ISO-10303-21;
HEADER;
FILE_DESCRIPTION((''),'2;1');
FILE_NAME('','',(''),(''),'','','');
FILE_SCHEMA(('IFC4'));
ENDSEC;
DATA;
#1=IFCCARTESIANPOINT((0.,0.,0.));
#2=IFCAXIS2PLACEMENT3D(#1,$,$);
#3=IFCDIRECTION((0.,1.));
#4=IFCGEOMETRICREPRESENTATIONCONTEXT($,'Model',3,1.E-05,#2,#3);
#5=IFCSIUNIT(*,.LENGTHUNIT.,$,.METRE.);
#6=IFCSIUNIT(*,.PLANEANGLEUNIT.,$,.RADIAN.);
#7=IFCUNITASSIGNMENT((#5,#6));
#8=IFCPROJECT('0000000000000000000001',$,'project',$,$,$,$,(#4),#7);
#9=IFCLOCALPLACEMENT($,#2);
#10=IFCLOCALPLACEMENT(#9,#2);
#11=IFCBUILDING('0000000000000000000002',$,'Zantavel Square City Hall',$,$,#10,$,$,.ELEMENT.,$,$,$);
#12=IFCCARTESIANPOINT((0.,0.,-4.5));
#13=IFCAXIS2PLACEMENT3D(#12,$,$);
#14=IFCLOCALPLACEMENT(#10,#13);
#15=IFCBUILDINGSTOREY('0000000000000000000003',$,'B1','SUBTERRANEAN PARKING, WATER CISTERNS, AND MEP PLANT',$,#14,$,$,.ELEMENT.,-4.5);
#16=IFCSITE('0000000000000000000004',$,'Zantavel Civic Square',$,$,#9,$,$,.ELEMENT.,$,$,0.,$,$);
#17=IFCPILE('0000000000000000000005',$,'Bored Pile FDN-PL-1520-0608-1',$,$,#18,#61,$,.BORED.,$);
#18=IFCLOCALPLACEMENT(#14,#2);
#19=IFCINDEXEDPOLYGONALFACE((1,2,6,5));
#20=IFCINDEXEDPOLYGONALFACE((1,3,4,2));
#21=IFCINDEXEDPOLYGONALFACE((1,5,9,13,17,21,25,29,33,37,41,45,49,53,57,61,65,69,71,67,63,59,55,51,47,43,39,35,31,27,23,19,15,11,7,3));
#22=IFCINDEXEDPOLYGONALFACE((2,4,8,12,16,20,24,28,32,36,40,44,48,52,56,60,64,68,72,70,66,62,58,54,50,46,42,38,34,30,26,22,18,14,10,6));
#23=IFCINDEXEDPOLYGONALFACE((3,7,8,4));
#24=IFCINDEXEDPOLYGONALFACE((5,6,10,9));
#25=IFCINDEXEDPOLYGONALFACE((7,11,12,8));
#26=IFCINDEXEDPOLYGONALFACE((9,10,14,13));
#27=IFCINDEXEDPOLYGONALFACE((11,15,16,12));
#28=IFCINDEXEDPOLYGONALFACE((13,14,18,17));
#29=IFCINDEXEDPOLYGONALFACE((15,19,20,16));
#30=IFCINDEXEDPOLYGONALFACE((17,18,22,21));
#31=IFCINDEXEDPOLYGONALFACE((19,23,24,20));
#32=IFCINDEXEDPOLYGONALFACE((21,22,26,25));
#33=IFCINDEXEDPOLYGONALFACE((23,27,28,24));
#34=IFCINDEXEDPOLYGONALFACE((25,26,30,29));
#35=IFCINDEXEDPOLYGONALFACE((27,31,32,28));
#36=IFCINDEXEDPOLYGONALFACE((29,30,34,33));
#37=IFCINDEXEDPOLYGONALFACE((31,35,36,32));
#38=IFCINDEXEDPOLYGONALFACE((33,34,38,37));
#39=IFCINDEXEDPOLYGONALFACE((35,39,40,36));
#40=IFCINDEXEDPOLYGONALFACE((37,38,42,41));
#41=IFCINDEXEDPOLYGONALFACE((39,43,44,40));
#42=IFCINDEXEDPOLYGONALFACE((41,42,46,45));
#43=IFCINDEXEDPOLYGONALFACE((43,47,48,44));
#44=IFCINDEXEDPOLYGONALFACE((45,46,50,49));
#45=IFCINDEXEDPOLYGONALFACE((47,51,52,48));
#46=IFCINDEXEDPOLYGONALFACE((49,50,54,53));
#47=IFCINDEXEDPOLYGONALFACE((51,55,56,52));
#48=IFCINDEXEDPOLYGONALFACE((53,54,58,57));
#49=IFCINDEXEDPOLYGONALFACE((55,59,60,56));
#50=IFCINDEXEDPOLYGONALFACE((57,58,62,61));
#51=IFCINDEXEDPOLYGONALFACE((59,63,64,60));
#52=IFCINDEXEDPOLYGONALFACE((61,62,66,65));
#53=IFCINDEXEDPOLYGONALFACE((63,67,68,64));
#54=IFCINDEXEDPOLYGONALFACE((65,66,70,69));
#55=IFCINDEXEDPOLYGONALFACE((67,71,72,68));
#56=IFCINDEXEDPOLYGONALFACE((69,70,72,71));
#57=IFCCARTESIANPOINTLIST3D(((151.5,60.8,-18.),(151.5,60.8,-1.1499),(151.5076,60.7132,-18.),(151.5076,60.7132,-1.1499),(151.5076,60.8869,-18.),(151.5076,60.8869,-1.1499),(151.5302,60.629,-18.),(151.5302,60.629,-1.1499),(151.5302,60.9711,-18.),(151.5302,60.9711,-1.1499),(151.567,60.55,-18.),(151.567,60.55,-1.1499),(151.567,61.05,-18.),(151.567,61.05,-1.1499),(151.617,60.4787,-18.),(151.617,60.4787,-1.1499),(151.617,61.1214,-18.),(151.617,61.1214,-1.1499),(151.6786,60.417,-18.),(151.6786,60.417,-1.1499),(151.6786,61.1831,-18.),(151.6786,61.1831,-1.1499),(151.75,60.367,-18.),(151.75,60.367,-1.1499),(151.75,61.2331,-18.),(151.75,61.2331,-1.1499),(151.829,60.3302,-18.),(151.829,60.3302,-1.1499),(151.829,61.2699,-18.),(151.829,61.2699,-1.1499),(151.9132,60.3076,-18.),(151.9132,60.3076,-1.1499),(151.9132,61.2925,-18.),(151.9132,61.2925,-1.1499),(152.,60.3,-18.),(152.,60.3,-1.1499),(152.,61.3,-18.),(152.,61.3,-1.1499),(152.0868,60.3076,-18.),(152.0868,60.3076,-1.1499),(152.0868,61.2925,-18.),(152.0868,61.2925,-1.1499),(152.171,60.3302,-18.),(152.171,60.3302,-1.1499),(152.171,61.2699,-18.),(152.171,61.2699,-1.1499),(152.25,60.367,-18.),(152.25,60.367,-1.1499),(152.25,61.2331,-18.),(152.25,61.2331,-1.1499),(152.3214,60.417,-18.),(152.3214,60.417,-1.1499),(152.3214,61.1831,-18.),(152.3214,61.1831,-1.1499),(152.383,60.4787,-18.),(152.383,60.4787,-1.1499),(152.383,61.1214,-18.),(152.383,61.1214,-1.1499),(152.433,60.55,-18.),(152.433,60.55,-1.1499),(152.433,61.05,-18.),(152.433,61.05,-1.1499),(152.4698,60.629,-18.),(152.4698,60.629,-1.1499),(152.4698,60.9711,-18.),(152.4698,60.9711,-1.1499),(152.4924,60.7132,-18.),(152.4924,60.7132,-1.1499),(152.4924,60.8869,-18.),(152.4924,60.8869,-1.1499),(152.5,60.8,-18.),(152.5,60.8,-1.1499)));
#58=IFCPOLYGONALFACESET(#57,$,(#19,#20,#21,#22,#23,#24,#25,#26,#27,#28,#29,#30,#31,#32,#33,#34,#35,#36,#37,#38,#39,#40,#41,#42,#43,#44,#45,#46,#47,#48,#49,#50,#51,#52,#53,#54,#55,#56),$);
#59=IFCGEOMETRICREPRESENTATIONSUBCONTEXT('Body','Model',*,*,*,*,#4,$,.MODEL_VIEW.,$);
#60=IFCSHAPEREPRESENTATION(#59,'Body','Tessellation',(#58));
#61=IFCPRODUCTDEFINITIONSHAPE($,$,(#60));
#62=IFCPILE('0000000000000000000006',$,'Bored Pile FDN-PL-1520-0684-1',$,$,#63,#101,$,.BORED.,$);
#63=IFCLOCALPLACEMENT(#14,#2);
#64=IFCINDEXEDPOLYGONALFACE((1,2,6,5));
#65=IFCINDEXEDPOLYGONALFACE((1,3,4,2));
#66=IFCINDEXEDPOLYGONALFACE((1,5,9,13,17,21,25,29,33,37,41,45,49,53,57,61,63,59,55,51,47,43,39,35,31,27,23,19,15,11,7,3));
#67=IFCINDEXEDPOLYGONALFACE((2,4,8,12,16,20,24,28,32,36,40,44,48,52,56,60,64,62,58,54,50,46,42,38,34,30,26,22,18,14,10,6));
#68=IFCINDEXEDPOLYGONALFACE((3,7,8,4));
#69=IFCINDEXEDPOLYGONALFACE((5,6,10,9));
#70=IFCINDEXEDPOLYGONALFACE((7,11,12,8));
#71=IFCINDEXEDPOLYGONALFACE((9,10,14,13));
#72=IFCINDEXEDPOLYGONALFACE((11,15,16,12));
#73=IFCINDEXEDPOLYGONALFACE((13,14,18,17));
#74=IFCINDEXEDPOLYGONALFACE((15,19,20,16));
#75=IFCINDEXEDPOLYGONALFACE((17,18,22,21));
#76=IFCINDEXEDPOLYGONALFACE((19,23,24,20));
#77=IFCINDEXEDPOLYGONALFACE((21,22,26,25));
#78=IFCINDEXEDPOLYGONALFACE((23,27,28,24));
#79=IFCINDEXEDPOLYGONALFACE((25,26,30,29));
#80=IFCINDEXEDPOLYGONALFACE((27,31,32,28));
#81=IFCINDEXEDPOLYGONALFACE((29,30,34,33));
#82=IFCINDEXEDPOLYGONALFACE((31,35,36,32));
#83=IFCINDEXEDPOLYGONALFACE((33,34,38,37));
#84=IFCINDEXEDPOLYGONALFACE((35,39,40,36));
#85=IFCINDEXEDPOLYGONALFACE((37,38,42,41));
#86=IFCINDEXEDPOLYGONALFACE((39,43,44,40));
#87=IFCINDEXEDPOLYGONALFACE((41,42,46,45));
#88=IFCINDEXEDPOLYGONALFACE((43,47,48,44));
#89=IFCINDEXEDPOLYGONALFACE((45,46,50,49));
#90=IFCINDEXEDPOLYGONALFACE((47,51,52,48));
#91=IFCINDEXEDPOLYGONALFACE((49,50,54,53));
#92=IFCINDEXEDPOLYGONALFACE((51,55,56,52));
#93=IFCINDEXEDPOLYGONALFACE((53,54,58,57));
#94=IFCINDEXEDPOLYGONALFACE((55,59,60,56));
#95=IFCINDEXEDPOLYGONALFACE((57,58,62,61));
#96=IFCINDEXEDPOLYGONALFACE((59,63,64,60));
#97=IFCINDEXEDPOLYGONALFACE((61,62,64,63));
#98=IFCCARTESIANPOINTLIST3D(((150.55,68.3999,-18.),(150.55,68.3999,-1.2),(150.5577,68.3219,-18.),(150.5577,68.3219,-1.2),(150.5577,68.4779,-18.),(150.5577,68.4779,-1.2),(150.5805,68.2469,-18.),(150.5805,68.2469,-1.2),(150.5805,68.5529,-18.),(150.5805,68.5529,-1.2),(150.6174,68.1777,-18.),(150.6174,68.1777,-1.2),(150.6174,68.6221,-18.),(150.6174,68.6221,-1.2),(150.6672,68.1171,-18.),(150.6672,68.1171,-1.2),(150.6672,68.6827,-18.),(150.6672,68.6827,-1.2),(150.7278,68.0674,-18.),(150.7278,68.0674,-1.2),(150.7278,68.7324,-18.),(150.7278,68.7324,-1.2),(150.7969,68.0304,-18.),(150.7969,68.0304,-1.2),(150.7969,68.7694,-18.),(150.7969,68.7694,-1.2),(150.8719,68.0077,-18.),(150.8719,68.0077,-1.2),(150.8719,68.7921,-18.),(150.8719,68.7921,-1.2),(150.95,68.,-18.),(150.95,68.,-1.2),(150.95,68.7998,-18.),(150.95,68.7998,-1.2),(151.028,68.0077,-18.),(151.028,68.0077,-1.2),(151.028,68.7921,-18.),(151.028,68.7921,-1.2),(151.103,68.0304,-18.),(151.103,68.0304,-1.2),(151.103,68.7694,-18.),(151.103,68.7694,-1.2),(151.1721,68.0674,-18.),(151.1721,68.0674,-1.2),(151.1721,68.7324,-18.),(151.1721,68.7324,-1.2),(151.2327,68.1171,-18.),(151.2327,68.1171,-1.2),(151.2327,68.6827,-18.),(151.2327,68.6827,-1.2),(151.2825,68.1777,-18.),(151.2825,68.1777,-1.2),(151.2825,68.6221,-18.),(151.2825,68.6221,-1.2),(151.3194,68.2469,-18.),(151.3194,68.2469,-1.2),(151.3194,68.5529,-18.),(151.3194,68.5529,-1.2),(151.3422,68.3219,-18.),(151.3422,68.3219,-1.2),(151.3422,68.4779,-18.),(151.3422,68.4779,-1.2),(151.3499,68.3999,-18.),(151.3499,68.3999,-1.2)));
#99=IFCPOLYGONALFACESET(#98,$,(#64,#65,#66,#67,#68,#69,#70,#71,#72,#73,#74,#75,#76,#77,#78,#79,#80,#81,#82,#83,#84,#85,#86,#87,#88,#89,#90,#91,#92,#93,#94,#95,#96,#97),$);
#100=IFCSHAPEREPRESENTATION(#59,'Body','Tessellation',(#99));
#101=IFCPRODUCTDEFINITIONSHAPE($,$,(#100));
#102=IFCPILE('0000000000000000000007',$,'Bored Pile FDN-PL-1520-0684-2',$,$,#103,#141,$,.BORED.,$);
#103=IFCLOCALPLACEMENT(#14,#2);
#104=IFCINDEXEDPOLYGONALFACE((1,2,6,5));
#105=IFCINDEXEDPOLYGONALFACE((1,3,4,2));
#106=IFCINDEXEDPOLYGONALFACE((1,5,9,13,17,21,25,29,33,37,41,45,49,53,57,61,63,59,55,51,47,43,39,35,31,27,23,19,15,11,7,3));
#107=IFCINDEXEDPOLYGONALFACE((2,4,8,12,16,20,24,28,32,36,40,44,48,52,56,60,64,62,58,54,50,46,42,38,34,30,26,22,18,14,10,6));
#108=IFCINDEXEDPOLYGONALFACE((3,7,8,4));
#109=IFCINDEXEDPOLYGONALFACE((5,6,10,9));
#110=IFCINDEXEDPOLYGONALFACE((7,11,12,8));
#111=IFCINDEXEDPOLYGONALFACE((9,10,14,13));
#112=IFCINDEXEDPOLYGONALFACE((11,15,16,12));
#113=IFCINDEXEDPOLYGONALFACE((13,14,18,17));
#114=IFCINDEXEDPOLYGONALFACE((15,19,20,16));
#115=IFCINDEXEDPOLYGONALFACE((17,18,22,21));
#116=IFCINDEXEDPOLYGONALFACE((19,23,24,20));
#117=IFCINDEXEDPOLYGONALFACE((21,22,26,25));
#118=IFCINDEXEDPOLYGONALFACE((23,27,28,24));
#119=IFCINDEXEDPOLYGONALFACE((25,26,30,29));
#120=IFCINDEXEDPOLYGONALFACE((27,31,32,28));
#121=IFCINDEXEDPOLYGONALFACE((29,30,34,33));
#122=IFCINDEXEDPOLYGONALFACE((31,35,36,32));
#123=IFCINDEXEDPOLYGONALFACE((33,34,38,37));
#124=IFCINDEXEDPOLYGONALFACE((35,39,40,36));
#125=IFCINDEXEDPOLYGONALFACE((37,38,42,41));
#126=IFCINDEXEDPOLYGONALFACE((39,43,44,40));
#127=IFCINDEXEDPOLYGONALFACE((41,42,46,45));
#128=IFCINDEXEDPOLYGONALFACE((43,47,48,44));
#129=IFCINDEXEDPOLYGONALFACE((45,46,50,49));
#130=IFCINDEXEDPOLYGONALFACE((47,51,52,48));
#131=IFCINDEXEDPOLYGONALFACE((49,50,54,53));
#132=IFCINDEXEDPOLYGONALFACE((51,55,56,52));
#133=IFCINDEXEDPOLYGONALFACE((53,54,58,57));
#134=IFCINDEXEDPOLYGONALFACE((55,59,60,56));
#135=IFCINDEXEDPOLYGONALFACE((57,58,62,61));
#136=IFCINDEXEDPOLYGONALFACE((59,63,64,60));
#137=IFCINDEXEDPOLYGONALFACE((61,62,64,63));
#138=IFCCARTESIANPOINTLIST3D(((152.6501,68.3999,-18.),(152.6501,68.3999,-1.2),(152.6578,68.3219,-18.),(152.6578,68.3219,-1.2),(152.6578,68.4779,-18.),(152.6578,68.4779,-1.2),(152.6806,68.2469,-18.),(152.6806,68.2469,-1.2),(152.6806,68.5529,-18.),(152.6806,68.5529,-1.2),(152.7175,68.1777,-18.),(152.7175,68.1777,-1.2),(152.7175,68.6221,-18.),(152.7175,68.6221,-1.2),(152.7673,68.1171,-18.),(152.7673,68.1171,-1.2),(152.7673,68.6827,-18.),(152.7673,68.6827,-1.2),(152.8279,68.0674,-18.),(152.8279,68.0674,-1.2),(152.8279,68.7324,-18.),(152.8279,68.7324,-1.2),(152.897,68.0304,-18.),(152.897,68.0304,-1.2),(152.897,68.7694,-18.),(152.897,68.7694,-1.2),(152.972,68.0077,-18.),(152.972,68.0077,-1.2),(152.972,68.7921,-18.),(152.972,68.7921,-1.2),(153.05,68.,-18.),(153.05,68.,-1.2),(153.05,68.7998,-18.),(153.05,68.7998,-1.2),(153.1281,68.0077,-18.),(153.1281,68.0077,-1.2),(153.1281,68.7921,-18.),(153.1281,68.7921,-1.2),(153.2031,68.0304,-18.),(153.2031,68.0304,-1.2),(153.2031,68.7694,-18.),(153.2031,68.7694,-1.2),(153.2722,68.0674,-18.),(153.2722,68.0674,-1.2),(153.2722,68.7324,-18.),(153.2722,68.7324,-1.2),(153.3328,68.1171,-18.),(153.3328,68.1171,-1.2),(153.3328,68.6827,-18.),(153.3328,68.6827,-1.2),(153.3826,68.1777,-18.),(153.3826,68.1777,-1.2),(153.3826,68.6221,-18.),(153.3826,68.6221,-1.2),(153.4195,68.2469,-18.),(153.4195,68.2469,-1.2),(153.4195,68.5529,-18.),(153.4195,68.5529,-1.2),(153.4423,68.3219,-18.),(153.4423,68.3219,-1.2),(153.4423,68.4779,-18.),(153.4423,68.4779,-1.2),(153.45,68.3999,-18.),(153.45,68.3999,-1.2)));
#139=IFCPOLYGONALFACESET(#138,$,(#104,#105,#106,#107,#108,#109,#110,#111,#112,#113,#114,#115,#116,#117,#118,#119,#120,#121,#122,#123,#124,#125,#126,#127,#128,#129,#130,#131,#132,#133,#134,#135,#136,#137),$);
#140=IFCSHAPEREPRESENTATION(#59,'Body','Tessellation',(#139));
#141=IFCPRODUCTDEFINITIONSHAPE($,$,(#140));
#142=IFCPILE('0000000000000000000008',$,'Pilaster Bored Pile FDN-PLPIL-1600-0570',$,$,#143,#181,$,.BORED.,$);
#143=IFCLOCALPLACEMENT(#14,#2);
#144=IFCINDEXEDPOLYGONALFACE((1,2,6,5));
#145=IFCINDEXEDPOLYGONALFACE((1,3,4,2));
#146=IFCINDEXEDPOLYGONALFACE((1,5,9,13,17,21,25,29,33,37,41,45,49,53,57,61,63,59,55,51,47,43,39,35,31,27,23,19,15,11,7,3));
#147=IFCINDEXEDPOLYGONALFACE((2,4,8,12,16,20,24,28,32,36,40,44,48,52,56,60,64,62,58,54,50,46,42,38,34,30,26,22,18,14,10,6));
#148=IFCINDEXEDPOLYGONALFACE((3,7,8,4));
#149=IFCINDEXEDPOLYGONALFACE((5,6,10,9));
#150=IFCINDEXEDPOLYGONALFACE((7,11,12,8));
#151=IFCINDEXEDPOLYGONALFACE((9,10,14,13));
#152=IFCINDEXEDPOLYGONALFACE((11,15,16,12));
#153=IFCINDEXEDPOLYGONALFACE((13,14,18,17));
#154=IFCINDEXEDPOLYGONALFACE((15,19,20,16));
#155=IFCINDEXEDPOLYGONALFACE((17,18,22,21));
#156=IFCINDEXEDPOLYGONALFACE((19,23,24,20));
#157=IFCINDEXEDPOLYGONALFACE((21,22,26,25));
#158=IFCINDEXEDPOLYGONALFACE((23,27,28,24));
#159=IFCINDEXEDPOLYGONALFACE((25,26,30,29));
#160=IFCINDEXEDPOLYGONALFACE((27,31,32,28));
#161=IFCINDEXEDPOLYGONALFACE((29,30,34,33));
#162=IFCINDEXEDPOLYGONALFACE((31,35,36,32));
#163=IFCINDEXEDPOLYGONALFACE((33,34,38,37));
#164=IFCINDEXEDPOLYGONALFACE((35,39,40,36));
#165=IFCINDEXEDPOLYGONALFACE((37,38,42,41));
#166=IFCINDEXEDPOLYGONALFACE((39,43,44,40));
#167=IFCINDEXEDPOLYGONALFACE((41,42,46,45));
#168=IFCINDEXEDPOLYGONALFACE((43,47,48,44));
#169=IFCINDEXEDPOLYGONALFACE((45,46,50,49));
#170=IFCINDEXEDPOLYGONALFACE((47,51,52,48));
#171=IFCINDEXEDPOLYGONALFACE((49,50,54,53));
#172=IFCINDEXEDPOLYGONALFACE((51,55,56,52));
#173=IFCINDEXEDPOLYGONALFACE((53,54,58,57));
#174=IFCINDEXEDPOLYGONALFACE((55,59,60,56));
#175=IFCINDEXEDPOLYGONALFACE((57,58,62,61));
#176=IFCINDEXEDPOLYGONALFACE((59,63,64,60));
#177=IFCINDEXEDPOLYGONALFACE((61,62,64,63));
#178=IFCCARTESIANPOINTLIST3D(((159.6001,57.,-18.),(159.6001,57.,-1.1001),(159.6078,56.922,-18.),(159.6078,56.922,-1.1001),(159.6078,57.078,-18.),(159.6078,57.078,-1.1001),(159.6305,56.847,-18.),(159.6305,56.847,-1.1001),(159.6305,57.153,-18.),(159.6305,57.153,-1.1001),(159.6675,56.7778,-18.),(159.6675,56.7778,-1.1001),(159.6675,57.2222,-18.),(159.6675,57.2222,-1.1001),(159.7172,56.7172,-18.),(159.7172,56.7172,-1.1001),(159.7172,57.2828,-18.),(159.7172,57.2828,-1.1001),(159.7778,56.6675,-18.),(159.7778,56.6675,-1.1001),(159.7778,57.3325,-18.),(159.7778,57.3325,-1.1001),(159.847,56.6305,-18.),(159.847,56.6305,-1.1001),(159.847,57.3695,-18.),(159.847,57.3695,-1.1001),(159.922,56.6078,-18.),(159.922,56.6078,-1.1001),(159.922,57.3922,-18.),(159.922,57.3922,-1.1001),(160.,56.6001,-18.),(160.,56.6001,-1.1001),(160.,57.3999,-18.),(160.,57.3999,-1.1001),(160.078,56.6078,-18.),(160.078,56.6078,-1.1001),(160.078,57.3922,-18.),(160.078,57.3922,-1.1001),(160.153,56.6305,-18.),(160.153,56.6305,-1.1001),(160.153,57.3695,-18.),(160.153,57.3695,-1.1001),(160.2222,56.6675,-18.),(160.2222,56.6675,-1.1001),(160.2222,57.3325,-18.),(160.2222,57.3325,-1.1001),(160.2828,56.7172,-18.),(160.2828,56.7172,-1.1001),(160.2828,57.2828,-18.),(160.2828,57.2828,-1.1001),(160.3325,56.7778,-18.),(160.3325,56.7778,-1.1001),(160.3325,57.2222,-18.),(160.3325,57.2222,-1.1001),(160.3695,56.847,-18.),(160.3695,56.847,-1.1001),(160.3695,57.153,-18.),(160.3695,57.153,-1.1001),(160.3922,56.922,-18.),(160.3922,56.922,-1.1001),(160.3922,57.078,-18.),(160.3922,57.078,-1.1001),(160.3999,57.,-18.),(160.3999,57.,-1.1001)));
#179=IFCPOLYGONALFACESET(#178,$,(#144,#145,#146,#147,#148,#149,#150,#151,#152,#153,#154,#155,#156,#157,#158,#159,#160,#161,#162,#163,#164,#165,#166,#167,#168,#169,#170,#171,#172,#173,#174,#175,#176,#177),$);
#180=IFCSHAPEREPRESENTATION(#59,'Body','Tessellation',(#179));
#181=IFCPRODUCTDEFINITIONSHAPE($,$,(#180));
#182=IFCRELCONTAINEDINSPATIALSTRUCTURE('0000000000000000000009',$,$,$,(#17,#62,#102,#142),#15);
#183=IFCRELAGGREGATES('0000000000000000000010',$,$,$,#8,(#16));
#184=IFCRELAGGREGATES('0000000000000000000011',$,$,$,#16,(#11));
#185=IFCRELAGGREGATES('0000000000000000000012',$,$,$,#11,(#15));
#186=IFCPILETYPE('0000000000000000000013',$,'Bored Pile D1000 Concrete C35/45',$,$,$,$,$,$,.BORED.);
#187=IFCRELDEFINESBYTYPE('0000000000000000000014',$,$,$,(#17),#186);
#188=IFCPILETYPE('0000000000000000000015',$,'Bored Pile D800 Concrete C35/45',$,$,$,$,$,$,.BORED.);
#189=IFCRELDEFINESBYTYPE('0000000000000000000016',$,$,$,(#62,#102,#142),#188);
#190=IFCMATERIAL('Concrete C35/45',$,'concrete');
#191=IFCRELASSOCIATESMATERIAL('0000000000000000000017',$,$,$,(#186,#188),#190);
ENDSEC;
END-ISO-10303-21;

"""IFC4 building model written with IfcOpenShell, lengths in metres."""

from ifc_helpers import new_model, si_unit, direction, frame, origin, origin_2d, place, context, subcontext, project, spatial, circle, extrude, material, material_profile, profile_set, type_object, element, save


model = new_model("IFC4")

# Units and contexts
model_context = context("Model", 3, precision=1e-05, world=origin(), true_north=direction((0.0, 1.0)))
body_context = subcontext(model_context, "Body", "Model", "MODEL_VIEW")
ifc_project = project(units=[si_unit("LENGTHUNIT", "METRE"), si_unit("PLANEANGLEUNIT", "RADIAN")], contexts=[model_context])

# Site, building, storey
site_placement = place(None, origin())
site = spatial("IfcSite", under=ifc_project, at=site_placement, Name="Zantavel Civic Square", CompositionType="ELEMENT", RefElevation=0.0)
building_placement = place(site_placement, origin())
building = spatial("IfcBuilding", under=site, at=building_placement, Name="Zantavel Square City Hall", CompositionType="ELEMENT")
storey_placement = place(building_placement, frame((0.0, 0.0, -4.5)))
storey = spatial("IfcBuildingStorey", under=building, at=storey_placement, Name="B1", Description="SUBTERRANEAN PARKING, WATER CISTERNS, AND MEP PLANT", CompositionType="ELEMENT", Elevation=-4.5)

# Piles
ifc_material_1 = material(Name="Concrete C35/45", Category="concrete")
ifc_material_profile_1 = material_profile(ifc_material_1, circle(Radius=0.5, at=origin_2d()), Name="PILE D1000")
ifc_profile_set_1 = profile_set([ifc_material_profile_1], Name="Concrete C35/45")
pile_type_1 = type_object("IfcPileType", Name="Bored Pile D1000 Concrete C35/45", PredefinedType="BORED", material=ifc_profile_set_1)
pile_placement = place(storey_placement, frame((152.0, 60.8, -1.1499), z_axis=(0.0, 0.0, -1.0), x_axis=(1.0, 0.0, 0.0)))
element("IfcPile", 1, at=pile_placement, inside=storey, type_object=pile_type_1, Name="Bored Pile FDN-PL-1520-0608-1", PredefinedType="BORED", context=body_context, shape_type="SweptSolid", body=[
    extrude(circle(Radius=0.5, at=origin_2d()), origin(), (0.0, 0.0, 1.0), 16.8501),
])
ifc_material_profile_2 = material_profile(ifc_material_1, circle(Radius=0.3999, at=origin_2d()), Name="PILE D800")
ifc_profile_set_2 = profile_set([ifc_material_profile_2], Name="Concrete C35/45")
pile_type_2 = type_object("IfcPileType", Name="Bored Pile D800 Concrete C35/45", PredefinedType="BORED", material=ifc_profile_set_2)
for number, where, z_axis, x_axis, name in (
    (2, (150.95, 68.3999, -1.2), (0.0, 0.0, -1.0), (1.0, 0.0, 0.0), "Bored Pile FDN-PL-1520-0684-1"),
    (3, (153.05, 68.3999, -1.2), (0.0, 0.0, -1.0), (1.0, 0.0, 0.0), "Bored Pile FDN-PL-1520-0684-2"),
):
    element("IfcPile", number, at=place(storey_placement, frame(where, z_axis=z_axis, x_axis=x_axis)), inside=storey, type_object=pile_type_2, Name=name, PredefinedType="BORED", context=body_context, shape_type="SweptSolid", body=[
        extrude(circle(Radius=0.3999, at=origin_2d()), origin(), (0.0, 0.0, 1.0), 16.8),
    ])
for number, where, z_axis, x_axis, name in (
    (4, (160.0, 57.0, -1.1001), (0.0, 0.0, -1.0), (1.0, 0.0, 0.0), "Pilaster Bored Pile FDN-PLPIL-1600-0570"),
):
    element("IfcPile", number, at=place(storey_placement, frame(where, z_axis=z_axis, x_axis=x_axis)), inside=storey, type_object=pile_type_2, Name=name, PredefinedType="BORED", context=body_context, shape_type="SweptSolid", body=[
        extrude(circle(Radius=0.3999, at=origin_2d()), origin(), (0.0, 0.0, 1.0), 16.8999),
    ])

save(model, "model.ifc")
